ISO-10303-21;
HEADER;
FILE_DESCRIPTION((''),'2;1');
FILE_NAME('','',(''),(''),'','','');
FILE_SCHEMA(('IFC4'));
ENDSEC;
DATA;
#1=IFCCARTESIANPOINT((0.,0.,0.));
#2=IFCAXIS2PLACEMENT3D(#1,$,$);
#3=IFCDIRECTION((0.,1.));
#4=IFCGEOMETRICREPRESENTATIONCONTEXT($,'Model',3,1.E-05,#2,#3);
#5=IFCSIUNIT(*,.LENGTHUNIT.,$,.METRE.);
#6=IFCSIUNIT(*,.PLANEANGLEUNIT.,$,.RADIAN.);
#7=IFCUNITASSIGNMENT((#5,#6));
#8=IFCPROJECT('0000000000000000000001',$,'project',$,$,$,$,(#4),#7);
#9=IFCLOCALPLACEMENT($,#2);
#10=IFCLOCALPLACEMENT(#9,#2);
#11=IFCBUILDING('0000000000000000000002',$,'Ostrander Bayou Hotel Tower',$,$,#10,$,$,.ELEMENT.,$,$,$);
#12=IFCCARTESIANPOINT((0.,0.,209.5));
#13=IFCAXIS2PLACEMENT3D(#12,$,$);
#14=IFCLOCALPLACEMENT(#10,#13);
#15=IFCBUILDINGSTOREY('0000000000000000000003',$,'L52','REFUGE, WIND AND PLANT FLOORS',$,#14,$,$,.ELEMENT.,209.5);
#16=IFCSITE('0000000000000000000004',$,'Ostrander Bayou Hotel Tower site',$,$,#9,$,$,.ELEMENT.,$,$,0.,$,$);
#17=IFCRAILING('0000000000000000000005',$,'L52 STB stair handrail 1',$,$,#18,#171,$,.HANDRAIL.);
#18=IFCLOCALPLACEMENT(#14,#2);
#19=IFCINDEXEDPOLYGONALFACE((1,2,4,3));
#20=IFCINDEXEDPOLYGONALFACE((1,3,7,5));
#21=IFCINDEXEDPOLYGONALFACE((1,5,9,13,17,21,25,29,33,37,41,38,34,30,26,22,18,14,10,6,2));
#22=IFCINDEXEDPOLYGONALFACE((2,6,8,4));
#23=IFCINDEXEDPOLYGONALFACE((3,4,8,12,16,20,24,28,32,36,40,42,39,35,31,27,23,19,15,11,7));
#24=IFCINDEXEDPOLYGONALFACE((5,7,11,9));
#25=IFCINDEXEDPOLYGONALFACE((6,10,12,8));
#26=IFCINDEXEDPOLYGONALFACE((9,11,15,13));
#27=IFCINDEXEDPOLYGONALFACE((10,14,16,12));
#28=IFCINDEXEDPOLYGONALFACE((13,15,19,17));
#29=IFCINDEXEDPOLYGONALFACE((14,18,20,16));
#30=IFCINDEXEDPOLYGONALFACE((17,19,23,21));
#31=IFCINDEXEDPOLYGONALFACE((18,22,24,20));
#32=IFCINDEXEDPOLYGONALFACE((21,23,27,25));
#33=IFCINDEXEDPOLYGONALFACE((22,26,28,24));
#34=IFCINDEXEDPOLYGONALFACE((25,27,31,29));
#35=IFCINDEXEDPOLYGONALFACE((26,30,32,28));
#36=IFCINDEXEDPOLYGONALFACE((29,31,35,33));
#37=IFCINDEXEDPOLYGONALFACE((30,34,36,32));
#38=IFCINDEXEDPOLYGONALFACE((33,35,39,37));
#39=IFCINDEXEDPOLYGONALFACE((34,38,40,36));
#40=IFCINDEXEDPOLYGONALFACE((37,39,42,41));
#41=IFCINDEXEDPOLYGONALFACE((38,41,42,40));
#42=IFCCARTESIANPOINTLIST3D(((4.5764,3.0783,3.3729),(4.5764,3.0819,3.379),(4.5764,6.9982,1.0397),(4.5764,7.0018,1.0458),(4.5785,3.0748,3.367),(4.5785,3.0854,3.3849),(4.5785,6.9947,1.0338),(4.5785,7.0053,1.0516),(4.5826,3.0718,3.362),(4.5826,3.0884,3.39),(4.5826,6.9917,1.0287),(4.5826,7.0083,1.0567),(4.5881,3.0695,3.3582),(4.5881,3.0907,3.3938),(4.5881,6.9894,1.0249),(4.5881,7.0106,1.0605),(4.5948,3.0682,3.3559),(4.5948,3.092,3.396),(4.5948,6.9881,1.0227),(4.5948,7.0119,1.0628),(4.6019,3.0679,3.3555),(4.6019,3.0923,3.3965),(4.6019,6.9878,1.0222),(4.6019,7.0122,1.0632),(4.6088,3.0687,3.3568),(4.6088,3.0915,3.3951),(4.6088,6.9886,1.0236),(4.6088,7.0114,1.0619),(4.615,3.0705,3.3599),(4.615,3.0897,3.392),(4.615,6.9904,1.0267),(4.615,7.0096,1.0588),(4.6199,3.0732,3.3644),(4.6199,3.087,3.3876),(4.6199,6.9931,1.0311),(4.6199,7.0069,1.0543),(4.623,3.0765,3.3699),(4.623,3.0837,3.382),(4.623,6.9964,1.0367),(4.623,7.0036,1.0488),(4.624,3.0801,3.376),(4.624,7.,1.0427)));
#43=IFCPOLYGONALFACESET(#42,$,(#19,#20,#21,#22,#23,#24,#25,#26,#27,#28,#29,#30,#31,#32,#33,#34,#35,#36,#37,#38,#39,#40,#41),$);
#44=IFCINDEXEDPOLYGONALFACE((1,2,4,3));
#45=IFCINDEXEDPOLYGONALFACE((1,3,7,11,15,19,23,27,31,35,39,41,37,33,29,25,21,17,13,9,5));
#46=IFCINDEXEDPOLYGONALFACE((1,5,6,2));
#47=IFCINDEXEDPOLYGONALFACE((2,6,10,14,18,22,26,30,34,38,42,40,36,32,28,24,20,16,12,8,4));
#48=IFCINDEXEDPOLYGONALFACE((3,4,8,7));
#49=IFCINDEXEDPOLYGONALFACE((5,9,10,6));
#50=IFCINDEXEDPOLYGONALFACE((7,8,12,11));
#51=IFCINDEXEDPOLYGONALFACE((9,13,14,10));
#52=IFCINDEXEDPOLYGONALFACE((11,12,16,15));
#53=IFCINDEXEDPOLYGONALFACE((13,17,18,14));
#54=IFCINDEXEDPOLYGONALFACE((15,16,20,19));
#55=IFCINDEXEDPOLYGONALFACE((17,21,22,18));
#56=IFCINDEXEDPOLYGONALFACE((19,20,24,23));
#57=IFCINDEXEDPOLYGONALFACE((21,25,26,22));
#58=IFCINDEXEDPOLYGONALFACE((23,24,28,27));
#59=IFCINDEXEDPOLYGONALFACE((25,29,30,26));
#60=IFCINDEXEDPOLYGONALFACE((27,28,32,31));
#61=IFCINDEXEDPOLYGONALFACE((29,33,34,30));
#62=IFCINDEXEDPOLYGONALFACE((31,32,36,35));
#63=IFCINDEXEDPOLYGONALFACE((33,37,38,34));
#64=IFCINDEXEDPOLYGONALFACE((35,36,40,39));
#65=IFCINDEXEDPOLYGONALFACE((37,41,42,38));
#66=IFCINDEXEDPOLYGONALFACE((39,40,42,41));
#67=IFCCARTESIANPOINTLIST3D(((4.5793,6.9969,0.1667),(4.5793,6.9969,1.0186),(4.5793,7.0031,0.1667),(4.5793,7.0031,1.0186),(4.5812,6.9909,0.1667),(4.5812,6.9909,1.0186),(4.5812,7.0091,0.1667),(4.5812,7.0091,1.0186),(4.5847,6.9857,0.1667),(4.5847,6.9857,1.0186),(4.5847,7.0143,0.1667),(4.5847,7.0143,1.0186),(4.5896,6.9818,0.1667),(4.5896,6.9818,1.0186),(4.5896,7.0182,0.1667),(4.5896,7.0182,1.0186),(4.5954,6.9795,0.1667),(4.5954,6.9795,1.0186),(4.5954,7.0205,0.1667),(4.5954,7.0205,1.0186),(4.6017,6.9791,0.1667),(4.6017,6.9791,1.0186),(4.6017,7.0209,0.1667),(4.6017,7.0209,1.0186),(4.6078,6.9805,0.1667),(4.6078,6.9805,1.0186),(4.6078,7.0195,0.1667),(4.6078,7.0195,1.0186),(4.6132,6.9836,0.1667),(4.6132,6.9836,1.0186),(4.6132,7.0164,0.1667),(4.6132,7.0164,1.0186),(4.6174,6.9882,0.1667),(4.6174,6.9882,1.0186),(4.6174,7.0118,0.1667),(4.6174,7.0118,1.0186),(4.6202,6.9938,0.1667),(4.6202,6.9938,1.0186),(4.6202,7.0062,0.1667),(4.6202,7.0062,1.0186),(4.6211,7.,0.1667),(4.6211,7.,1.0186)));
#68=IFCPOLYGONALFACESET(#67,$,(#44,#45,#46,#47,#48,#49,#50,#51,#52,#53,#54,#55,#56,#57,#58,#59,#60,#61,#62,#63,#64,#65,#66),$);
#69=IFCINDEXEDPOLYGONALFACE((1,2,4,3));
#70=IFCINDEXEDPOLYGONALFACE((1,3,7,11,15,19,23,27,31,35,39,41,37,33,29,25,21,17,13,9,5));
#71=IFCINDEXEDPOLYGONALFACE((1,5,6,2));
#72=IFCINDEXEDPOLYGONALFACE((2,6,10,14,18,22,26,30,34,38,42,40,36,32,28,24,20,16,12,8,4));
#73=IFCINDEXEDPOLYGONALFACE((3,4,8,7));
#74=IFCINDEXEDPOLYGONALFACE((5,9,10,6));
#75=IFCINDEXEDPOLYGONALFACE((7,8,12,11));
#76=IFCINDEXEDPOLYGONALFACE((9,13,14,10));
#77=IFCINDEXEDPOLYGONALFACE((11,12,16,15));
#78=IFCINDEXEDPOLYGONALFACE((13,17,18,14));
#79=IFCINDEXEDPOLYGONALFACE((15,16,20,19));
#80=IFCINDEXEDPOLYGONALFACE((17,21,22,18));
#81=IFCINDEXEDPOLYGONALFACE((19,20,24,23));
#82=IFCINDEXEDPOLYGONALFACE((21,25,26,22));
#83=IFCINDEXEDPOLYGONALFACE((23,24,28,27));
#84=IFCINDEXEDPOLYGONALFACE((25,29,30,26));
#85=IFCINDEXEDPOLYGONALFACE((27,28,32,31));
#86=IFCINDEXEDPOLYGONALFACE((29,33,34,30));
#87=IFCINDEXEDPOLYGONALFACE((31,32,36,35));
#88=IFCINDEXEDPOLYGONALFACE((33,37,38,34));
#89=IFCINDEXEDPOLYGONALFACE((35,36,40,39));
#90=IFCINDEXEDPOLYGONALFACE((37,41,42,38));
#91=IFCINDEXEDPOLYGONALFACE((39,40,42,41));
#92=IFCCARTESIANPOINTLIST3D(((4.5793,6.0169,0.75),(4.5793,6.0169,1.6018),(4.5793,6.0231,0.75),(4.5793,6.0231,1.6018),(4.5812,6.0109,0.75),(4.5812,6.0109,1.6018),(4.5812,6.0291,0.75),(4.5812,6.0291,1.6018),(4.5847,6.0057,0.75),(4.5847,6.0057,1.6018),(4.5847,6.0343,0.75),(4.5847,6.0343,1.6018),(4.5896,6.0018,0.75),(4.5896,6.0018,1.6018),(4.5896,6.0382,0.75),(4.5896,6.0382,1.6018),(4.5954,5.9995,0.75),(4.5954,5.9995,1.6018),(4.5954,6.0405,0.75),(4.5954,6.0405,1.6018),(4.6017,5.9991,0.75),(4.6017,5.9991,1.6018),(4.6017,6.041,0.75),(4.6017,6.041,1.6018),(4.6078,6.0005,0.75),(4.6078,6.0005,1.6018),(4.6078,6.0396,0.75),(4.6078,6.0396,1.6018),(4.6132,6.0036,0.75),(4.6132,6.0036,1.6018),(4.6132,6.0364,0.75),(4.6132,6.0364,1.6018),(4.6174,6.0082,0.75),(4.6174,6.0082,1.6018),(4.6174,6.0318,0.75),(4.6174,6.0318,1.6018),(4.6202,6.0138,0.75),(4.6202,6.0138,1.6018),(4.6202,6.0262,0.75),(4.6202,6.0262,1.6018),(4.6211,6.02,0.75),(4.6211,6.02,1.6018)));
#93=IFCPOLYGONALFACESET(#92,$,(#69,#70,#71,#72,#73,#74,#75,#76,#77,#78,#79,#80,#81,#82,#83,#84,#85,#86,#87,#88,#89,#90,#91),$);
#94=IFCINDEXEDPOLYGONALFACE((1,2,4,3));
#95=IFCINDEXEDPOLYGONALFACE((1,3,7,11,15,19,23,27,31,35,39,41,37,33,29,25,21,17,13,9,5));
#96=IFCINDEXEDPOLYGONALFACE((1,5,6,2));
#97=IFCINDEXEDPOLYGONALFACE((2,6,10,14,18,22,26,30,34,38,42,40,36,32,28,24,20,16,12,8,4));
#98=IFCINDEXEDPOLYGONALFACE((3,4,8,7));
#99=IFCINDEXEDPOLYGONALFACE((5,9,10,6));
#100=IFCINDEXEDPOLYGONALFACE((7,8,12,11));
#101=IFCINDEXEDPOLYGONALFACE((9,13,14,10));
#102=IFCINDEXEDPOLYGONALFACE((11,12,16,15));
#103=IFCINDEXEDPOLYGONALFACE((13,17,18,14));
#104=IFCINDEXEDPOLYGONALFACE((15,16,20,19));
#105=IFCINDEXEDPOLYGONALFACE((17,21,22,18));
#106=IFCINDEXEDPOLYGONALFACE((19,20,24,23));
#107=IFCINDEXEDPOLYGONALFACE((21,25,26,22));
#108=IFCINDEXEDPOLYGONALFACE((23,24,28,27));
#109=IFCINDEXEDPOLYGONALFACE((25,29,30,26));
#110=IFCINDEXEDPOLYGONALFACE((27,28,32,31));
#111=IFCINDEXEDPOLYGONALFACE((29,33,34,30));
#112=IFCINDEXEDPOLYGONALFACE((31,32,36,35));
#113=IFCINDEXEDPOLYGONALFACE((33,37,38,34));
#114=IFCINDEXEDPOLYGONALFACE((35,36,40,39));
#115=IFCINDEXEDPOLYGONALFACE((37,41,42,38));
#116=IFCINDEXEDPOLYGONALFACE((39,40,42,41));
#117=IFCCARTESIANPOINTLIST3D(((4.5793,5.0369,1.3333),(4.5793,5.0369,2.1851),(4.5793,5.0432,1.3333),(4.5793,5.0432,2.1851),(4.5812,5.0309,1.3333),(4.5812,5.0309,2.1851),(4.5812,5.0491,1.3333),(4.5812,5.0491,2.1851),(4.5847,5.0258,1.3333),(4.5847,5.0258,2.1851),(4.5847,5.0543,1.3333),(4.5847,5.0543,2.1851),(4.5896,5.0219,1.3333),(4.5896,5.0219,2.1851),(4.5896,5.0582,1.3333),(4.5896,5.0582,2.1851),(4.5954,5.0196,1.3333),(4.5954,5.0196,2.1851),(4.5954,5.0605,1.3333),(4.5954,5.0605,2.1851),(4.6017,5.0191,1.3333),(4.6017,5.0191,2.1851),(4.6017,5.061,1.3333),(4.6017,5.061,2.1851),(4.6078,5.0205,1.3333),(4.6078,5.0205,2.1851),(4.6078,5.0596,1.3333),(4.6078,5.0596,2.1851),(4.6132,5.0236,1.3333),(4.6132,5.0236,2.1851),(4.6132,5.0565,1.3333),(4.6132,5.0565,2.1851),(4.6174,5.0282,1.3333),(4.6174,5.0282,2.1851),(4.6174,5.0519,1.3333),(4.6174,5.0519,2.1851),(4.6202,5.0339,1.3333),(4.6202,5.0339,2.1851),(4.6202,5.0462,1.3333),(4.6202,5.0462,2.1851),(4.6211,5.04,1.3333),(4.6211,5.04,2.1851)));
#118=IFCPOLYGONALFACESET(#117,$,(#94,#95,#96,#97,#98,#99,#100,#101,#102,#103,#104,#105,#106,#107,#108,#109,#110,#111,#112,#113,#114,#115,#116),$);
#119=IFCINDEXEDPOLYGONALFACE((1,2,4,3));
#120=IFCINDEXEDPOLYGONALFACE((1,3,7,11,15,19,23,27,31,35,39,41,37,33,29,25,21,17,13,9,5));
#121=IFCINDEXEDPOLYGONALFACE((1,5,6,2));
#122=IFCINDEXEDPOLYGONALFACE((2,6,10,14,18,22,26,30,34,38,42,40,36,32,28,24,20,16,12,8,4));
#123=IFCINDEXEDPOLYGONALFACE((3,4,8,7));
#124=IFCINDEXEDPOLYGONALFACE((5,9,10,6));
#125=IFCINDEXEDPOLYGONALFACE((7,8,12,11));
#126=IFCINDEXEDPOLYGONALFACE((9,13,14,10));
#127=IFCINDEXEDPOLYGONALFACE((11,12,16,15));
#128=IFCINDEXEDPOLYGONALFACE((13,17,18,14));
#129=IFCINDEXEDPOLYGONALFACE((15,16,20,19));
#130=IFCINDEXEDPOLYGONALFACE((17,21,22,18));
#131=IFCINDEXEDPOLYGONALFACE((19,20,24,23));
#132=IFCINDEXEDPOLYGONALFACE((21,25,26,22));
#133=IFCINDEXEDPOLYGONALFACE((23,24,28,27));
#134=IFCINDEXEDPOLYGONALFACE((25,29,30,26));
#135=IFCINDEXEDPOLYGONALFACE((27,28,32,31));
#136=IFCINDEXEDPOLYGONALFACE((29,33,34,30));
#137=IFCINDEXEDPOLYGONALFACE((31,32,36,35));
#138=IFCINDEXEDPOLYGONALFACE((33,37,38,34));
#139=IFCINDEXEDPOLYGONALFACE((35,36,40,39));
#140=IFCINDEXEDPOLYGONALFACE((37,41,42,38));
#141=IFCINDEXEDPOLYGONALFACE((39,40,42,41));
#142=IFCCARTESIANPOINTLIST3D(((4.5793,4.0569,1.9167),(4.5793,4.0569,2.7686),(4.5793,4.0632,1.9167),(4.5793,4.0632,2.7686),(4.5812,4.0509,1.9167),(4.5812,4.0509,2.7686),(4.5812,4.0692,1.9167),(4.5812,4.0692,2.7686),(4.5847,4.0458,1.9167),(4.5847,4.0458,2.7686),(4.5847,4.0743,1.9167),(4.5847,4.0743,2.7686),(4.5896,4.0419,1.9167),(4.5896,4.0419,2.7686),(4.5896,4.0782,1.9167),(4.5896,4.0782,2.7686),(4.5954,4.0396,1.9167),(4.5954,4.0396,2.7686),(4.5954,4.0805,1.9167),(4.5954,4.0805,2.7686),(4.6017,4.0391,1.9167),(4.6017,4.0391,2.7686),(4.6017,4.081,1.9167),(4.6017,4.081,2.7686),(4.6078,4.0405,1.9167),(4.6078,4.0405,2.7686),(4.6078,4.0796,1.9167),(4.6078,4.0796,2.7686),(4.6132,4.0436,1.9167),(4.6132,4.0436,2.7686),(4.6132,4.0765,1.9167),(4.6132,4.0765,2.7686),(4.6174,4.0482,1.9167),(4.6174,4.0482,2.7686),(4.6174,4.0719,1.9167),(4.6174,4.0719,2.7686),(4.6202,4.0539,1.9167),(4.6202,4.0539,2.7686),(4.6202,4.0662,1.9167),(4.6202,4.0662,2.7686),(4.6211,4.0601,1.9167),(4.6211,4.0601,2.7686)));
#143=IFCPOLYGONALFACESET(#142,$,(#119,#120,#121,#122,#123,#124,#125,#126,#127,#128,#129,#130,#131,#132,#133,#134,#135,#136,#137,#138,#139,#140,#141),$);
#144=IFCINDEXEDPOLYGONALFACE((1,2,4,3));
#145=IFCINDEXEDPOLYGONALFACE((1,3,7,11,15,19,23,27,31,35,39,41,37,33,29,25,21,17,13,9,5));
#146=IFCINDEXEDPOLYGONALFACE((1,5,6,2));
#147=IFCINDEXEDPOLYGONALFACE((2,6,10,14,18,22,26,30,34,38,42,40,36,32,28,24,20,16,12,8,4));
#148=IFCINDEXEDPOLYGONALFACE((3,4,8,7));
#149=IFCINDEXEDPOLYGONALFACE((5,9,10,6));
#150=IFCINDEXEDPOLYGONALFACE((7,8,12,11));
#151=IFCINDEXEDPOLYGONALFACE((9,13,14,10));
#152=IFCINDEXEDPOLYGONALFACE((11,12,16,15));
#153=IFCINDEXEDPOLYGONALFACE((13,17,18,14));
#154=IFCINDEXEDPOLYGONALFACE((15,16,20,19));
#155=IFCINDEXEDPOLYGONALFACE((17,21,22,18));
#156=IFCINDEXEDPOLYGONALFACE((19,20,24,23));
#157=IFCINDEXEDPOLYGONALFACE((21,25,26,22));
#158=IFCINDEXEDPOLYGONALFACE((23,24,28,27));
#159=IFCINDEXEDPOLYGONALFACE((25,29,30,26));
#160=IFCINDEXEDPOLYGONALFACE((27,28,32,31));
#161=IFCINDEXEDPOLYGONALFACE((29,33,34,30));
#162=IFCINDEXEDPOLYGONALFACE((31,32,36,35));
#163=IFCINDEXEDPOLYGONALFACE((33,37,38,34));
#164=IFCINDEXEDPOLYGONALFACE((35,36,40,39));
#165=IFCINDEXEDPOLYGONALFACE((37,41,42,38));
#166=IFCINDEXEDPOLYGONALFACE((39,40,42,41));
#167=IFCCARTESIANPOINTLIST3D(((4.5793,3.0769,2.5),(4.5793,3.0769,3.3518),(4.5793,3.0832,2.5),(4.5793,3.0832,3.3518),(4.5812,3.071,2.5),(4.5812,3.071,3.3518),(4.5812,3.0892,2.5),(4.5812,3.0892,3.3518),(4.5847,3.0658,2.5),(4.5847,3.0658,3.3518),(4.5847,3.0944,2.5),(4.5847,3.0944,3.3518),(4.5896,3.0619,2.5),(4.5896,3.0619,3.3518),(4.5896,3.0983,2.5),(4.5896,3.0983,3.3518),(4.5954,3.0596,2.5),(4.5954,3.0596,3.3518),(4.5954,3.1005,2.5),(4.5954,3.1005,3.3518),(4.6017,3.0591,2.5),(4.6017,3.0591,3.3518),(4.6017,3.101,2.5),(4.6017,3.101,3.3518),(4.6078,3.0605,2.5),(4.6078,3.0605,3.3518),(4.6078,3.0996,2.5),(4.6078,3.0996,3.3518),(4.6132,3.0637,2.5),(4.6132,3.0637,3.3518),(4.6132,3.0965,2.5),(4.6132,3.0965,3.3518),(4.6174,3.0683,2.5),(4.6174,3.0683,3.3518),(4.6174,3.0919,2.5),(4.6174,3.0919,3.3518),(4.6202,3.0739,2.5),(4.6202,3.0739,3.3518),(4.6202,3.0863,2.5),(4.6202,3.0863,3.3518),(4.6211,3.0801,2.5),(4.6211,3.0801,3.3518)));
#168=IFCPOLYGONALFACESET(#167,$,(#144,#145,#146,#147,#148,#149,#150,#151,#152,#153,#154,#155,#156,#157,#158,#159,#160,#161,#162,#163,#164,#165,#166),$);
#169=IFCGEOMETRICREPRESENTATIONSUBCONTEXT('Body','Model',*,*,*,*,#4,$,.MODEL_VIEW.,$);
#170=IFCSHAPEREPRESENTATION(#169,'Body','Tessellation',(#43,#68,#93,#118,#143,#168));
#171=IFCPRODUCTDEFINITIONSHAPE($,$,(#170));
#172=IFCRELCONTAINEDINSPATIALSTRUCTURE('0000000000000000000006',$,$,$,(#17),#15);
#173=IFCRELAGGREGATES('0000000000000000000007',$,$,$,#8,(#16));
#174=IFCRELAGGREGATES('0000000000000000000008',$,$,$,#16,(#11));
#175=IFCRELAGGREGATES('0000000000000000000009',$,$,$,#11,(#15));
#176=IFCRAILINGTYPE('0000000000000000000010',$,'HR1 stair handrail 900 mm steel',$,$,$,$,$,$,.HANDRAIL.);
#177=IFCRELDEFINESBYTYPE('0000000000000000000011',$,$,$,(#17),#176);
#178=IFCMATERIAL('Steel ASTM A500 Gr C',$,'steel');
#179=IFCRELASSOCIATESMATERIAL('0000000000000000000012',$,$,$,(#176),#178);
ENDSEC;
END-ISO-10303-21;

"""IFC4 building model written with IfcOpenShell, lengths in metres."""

from ifc_helpers import new_model, si_unit, direction, frame, origin, origin_2d, place, context, subcontext, project, spatial, circle, extrude, material, type_object, element, save


model = new_model("IFC4")

# Units and contexts
model_context = context("Model", 3, precision=1e-05, world=origin(), true_north=direction((0.0, 1.0)))
body_context = subcontext(model_context, "Body", "Model", "MODEL_VIEW")
ifc_project = project(units=[si_unit("LENGTHUNIT", "METRE"), si_unit("PLANEANGLEUNIT", "RADIAN")], contexts=[model_context])

# Site, building, storey
site_placement = place(None, origin())
site = spatial("IfcSite", under=ifc_project, at=site_placement, Name="Ostrander Bayou Hotel Tower site", CompositionType="ELEMENT", RefElevation=0.0)
building_placement = place(site_placement, origin())
building = spatial("IfcBuilding", under=site, at=building_placement, Name="Ostrander Bayou Hotel Tower", CompositionType="ELEMENT")
storey_placement = place(building_placement, frame((0.0, 0.0, 209.5)))
storey = spatial("IfcBuildingStorey", under=building, at=storey_placement, Name="L52", Description="REFUGE, WIND AND PLANT FLOORS", CompositionType="ELEMENT", Elevation=209.5)

# Railing
ifc_material_1 = material(Name="Steel ASTM A500 Gr C", Category="steel")
railing_type_1 = type_object("IfcRailingType", Name="HR1 stair handrail 900 mm steel", PredefinedType="HANDRAIL", material=ifc_material_1)
railing_1_placement = place(storey_placement, frame((4.6001, 7.0, 0.1667)))
element("IfcRailing", 1, at=railing_1_placement, inside=storey, type_object=railing_type_1, Name="L52 STB stair handrail 1", PredefinedType="HANDRAIL", context=body_context, shape_type="SweptSolid", body=[
    extrude(circle(Radius=0.0239, at=origin_2d()), frame((0.0, 0.0, 0.876), z_axis=(0.0, -0.859296, 0.511478), x_axis=(1.0, 0.0, 0.0)), (0.0, 0.0, 1.0), 4.5618),
    extrude(circle(Radius=0.021, at=origin_2d()), origin(), (0.0, 0.0, 1.0), 0.8518),
    extrude(circle(Radius=0.021, at=origin_2d()), frame((0.0, -0.98, 0.5833)), (0.0, 0.0, 1.0), 0.8518),
    extrude(circle(Radius=0.021, at=origin_2d()), frame((0.0, -1.96, 1.1665)), (0.0, 0.0, 1.0), 0.8518),
    extrude(circle(Radius=0.021, at=origin_2d()), frame((0.0, -2.9399, 1.75)), (0.0, 0.0, 1.0), 0.8518),
    extrude(circle(Radius=0.021, at=origin_2d()), frame((0.0, -3.9199, 2.3333)), (0.0, 0.0, 1.0), 0.8518),
])

save(model, "model.ifc")
